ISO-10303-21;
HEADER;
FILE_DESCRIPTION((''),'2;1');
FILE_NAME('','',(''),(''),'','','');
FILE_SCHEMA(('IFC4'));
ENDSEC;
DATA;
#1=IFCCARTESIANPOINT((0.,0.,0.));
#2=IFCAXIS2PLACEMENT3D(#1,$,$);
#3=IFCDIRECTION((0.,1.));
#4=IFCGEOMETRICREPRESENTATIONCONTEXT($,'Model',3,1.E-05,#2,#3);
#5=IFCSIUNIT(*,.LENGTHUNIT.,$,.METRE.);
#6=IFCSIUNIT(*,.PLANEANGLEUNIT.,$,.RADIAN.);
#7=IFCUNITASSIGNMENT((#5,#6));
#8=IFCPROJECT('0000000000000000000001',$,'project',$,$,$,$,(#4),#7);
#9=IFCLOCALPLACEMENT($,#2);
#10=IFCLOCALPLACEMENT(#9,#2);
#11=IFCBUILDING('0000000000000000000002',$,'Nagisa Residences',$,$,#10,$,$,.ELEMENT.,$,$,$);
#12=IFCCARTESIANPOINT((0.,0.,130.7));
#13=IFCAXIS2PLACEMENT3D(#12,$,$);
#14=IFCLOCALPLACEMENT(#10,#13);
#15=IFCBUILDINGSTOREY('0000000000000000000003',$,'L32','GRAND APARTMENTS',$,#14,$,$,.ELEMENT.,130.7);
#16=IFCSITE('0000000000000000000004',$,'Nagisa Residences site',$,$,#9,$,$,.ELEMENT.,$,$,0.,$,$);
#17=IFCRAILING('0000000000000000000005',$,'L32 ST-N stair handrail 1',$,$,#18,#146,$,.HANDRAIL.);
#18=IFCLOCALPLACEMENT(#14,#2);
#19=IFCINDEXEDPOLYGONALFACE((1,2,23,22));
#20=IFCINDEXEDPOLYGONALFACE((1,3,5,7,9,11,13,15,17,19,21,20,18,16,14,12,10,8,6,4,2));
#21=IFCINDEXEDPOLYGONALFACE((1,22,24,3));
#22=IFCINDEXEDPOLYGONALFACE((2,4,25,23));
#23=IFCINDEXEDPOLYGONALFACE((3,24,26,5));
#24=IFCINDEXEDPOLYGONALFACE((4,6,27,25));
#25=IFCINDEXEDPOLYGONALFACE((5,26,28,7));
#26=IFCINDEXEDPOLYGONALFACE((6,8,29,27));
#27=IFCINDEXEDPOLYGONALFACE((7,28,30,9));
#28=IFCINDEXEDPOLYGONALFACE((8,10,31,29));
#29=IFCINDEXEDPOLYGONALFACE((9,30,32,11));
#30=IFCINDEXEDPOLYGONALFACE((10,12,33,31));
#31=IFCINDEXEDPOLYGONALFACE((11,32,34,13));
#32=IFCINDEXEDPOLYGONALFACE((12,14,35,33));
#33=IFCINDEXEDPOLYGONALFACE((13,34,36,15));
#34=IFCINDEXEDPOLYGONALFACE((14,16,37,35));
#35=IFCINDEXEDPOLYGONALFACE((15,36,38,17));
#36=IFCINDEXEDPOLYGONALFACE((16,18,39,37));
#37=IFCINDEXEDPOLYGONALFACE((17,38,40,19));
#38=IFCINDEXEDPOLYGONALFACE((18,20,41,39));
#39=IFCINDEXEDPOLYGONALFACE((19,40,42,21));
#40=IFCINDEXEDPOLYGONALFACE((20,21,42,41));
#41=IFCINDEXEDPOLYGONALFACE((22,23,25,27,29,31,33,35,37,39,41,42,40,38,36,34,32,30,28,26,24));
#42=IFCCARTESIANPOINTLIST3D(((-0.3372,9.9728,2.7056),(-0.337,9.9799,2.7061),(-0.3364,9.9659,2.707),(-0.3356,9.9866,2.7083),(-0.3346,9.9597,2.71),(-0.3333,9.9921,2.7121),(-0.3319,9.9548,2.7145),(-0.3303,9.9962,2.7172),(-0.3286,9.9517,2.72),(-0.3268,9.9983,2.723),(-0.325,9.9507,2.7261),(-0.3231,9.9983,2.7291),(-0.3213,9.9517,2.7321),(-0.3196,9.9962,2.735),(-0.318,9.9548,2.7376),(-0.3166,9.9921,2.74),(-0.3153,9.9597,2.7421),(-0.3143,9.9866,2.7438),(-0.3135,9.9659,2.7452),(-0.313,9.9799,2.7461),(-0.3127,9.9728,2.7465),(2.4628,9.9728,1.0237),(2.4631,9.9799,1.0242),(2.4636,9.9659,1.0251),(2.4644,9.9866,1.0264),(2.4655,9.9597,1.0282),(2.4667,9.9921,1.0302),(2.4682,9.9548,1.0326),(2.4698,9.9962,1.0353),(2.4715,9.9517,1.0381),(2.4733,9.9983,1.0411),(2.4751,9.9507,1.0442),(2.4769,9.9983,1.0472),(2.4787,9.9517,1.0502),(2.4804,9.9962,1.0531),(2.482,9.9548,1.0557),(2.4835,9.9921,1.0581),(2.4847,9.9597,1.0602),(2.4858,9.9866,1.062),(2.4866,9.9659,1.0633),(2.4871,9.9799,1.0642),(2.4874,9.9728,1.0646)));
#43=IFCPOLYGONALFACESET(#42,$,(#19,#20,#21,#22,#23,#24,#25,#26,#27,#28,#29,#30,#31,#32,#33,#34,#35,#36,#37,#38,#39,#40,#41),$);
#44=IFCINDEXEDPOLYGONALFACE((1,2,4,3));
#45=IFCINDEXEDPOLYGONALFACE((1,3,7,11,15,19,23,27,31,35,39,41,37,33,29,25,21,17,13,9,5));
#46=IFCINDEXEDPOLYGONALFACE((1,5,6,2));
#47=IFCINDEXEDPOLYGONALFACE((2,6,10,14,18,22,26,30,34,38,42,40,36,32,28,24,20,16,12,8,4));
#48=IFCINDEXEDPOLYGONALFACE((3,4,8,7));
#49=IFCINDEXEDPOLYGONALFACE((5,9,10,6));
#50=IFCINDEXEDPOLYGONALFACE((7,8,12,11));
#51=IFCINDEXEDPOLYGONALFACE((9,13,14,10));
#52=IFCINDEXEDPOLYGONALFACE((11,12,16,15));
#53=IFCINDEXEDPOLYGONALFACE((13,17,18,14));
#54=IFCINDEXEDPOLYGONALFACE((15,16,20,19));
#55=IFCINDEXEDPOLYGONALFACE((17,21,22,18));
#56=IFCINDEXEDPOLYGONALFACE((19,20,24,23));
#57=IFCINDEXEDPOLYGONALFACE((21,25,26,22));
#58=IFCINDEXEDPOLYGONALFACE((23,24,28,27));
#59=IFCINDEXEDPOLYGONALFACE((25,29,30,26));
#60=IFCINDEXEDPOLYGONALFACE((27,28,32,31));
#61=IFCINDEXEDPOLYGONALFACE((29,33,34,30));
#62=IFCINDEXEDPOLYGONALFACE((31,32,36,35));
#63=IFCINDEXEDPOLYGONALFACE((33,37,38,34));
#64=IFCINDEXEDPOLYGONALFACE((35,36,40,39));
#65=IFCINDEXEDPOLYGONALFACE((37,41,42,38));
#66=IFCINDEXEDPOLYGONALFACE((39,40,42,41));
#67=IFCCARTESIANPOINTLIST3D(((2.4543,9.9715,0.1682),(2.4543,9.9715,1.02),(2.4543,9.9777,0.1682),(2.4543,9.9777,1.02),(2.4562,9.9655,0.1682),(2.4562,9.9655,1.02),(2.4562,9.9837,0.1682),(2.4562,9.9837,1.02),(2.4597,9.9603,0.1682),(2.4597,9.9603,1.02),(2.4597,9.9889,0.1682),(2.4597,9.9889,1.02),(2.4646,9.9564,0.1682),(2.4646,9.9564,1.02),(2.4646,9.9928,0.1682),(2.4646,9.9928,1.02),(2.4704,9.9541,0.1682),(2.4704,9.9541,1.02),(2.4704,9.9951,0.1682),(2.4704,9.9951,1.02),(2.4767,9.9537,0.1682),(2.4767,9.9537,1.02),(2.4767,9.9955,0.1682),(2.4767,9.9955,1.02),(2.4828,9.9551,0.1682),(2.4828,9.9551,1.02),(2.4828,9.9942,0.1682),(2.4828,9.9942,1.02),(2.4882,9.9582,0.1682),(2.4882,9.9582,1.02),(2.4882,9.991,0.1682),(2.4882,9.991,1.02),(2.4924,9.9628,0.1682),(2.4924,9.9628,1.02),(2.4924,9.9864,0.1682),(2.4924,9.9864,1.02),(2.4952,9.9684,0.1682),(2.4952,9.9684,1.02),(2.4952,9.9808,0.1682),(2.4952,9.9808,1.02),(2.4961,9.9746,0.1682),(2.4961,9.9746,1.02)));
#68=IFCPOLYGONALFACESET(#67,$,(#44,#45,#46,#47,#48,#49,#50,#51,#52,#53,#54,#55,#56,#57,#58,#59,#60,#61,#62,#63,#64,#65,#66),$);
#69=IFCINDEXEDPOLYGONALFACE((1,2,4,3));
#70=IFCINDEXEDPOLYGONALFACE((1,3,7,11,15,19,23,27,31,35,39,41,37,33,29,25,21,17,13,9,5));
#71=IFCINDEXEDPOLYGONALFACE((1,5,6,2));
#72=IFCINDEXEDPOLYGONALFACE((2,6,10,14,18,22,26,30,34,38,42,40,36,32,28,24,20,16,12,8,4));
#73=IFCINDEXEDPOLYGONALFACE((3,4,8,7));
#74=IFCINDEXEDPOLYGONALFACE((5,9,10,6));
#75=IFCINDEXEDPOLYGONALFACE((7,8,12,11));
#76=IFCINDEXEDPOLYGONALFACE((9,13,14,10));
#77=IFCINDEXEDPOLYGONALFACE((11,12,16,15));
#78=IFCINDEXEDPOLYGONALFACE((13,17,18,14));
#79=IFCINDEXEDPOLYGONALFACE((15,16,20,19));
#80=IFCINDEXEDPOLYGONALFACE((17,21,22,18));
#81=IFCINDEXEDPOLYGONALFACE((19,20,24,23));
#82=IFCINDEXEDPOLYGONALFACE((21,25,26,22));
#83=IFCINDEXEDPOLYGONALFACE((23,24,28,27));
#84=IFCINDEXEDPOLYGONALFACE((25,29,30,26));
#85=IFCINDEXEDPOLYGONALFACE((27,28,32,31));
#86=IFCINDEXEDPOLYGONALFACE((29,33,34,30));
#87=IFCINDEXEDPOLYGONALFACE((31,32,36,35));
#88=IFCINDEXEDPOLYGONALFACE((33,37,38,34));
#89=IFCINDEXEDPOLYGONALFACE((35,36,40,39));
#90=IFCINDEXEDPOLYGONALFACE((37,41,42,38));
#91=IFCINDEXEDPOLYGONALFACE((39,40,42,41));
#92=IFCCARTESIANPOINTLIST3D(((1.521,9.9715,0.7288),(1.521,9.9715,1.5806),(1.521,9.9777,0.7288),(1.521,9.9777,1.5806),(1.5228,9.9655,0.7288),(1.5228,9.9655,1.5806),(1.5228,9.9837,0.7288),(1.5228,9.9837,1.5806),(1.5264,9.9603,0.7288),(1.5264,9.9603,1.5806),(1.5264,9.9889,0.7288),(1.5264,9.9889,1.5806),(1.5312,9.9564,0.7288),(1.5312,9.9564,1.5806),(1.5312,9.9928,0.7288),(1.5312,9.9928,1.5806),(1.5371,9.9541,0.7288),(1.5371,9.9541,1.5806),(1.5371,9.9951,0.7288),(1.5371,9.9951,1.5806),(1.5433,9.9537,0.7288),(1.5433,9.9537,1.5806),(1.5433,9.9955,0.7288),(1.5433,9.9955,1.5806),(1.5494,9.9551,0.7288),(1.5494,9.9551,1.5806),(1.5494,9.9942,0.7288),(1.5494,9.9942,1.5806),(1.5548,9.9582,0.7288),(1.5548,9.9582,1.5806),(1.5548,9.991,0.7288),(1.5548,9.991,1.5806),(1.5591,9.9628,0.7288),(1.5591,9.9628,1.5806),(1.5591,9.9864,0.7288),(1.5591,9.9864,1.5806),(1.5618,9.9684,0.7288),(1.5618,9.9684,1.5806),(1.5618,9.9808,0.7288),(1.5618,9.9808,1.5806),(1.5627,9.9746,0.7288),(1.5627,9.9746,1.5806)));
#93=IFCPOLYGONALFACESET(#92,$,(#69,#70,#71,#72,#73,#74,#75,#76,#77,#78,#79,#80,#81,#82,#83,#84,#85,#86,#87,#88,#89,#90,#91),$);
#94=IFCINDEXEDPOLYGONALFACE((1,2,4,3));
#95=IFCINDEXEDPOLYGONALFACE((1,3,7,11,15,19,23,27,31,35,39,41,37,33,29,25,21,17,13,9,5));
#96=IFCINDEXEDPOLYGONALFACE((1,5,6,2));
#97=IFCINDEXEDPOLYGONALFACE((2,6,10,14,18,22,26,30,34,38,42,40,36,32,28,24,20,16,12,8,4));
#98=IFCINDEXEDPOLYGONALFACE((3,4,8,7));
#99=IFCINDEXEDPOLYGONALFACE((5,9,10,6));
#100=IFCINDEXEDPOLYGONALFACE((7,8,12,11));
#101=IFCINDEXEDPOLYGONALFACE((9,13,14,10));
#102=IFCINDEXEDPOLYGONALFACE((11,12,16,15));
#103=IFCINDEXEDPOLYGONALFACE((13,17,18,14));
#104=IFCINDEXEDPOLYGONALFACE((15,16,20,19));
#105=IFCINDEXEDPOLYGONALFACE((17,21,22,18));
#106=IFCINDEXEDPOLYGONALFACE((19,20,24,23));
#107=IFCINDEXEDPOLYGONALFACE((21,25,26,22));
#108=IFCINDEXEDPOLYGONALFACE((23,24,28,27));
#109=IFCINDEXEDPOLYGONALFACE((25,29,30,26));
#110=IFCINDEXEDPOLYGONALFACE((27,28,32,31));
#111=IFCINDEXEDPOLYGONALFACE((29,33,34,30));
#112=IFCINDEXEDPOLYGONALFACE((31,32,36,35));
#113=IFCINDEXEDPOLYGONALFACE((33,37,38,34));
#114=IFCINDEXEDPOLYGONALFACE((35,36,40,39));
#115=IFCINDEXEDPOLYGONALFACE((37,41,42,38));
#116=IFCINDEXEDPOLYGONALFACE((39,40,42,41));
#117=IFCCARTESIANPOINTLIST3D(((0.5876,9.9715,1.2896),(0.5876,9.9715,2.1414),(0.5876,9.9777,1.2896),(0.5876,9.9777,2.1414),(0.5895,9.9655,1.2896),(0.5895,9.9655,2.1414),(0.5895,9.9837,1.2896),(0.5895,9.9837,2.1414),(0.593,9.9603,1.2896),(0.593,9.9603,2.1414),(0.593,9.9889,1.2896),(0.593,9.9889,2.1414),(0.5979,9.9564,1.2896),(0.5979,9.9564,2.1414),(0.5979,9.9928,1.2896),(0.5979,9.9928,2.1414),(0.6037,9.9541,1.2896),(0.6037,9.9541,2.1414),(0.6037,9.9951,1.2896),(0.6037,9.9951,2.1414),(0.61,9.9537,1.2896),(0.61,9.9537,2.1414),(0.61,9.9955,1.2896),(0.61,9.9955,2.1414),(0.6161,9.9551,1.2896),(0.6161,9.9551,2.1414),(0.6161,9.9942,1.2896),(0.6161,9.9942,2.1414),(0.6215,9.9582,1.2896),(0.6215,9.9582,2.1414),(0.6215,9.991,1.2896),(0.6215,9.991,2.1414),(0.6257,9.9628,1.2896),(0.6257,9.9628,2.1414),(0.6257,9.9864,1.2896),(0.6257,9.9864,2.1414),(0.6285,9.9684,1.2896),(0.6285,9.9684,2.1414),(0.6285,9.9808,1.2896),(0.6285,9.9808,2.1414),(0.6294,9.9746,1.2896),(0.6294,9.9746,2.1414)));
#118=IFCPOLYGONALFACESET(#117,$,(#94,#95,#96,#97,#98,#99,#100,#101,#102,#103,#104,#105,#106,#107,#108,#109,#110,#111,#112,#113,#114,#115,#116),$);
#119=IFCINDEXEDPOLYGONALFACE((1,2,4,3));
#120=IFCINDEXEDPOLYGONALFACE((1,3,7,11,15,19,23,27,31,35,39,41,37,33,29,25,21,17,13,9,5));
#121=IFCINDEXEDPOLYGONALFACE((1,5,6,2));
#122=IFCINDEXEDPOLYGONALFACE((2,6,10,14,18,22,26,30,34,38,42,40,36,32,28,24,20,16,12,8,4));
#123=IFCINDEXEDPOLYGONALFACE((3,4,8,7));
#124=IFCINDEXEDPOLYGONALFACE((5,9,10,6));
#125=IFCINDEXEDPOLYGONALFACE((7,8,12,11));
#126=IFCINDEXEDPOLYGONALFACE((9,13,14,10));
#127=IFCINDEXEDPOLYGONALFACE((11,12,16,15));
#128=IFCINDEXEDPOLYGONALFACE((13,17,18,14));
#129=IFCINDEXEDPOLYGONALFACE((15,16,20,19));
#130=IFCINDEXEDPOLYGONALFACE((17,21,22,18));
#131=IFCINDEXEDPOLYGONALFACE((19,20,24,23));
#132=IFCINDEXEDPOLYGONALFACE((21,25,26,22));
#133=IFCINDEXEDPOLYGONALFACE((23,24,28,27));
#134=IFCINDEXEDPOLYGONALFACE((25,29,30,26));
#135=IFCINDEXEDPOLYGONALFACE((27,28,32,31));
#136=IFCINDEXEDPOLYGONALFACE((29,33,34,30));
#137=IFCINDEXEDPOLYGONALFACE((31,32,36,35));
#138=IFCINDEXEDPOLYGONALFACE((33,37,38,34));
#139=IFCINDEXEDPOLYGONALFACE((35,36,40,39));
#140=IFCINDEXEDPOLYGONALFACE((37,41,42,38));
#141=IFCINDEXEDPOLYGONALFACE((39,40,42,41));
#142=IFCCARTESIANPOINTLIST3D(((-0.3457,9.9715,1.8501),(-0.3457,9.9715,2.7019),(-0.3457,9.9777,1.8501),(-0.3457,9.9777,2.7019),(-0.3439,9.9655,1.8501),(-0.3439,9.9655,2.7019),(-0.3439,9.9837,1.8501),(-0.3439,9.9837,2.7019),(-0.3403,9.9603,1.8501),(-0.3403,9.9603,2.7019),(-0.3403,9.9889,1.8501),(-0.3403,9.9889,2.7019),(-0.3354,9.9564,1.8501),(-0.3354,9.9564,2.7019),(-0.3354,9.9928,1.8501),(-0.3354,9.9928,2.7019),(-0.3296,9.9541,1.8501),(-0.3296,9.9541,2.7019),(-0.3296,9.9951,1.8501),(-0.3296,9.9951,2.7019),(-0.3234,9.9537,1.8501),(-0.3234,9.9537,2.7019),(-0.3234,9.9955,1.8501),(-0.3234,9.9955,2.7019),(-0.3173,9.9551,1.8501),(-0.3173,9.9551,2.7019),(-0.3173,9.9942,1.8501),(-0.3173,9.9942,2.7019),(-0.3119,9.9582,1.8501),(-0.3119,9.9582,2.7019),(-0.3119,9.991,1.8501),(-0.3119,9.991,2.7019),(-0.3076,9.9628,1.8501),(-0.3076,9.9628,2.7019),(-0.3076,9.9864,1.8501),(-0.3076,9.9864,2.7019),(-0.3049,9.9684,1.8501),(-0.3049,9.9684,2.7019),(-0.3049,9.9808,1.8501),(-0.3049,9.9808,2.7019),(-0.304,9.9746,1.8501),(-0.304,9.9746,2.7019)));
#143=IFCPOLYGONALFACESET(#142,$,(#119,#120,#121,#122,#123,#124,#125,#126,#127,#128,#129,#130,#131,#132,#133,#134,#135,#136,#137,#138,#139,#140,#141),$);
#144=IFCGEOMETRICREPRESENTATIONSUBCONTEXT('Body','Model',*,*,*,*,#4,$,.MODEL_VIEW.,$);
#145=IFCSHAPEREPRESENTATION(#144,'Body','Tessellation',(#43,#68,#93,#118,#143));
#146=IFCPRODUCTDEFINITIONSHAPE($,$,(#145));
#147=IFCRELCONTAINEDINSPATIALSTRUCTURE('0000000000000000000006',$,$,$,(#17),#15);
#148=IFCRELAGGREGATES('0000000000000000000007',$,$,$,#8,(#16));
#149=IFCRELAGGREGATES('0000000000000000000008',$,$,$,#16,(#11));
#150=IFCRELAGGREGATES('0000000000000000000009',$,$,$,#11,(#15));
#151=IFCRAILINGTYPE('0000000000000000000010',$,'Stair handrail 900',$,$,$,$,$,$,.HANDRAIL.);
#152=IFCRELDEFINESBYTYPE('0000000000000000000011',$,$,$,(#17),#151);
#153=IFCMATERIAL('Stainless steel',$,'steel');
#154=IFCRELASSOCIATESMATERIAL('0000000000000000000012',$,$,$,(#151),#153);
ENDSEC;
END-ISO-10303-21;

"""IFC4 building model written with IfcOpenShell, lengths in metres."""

from ifc_helpers import new_model, si_unit, direction, frame, origin, origin_2d, place, context, subcontext, project, spatial, circle, extrude, material, type_object, element, save


model = new_model("IFC4")

# Units and contexts
model_context = context("Model", 3, precision=1e-05, world=origin(), true_north=direction((0.0, 1.0)))
body_context = subcontext(model_context, "Body", "Model", "MODEL_VIEW")
ifc_project = project(units=[si_unit("LENGTHUNIT", "METRE"), si_unit("PLANEANGLEUNIT", "RADIAN")], contexts=[model_context])

# Site, building, storey
site_placement = place(None, origin())
site = spatial("IfcSite", under=ifc_project, at=site_placement, Name="Nagisa Residences site", CompositionType="ELEMENT", RefElevation=0.0)
building_placement = place(site_placement, origin())
building = spatial("IfcBuilding", under=site, at=building_placement, Name="Nagisa Residences", CompositionType="ELEMENT")
storey_placement = place(building_placement, frame((0.0, 0.0, 130.7)))
storey = spatial("IfcBuildingStorey", under=building, at=storey_placement, Name="L32", Description="GRAND APARTMENTS", CompositionType="ELEMENT", Elevation=130.7)

# Railing
ifc_material_1 = material(Name="Stainless steel", Category="steel")
railing_type_1 = type_object("IfcRailingType", Name="Stair handrail 900", PredefinedType="HANDRAIL", material=ifc_material_1)
railing_1_placement = place(storey_placement, frame((2.4751, 9.9746, 0.1682)))
element("IfcRailing", 1, at=railing_1_placement, inside=storey, type_object=railing_type_1, Name="L32 ST-N stair handrail 1", PredefinedType="HANDRAIL", context=body_context, shape_type="SweptSolid", body=[
    extrude(circle(Radius=0.0239, at=origin_2d()), frame((0.0, 0.0, 0.876), z_axis=(-0.857242, 0.0, 0.514913), x_axis=(0.0, -1.0, 0.0)), (0.0, 0.0, 1.0), 3.2664),
    extrude(circle(Radius=0.021, at=origin_2d()), origin(), (0.0, 0.0, 1.0), 0.8518),
    extrude(circle(Radius=0.021, at=origin_2d()), frame((-0.9333, 0.0, 0.5605)), (0.0, 0.0, 1.0), 0.8518),
    extrude(circle(Radius=0.021, at=origin_2d()), frame((-1.8667, 0.0, 1.1213)), (0.0, 0.0, 1.0), 0.8518),
    extrude(circle(Radius=0.021, at=origin_2d()), frame((-2.8, 0.0, 1.6819)), (0.0, 0.0, 1.0), 0.8518),
])

save(model, "model.ifc")
